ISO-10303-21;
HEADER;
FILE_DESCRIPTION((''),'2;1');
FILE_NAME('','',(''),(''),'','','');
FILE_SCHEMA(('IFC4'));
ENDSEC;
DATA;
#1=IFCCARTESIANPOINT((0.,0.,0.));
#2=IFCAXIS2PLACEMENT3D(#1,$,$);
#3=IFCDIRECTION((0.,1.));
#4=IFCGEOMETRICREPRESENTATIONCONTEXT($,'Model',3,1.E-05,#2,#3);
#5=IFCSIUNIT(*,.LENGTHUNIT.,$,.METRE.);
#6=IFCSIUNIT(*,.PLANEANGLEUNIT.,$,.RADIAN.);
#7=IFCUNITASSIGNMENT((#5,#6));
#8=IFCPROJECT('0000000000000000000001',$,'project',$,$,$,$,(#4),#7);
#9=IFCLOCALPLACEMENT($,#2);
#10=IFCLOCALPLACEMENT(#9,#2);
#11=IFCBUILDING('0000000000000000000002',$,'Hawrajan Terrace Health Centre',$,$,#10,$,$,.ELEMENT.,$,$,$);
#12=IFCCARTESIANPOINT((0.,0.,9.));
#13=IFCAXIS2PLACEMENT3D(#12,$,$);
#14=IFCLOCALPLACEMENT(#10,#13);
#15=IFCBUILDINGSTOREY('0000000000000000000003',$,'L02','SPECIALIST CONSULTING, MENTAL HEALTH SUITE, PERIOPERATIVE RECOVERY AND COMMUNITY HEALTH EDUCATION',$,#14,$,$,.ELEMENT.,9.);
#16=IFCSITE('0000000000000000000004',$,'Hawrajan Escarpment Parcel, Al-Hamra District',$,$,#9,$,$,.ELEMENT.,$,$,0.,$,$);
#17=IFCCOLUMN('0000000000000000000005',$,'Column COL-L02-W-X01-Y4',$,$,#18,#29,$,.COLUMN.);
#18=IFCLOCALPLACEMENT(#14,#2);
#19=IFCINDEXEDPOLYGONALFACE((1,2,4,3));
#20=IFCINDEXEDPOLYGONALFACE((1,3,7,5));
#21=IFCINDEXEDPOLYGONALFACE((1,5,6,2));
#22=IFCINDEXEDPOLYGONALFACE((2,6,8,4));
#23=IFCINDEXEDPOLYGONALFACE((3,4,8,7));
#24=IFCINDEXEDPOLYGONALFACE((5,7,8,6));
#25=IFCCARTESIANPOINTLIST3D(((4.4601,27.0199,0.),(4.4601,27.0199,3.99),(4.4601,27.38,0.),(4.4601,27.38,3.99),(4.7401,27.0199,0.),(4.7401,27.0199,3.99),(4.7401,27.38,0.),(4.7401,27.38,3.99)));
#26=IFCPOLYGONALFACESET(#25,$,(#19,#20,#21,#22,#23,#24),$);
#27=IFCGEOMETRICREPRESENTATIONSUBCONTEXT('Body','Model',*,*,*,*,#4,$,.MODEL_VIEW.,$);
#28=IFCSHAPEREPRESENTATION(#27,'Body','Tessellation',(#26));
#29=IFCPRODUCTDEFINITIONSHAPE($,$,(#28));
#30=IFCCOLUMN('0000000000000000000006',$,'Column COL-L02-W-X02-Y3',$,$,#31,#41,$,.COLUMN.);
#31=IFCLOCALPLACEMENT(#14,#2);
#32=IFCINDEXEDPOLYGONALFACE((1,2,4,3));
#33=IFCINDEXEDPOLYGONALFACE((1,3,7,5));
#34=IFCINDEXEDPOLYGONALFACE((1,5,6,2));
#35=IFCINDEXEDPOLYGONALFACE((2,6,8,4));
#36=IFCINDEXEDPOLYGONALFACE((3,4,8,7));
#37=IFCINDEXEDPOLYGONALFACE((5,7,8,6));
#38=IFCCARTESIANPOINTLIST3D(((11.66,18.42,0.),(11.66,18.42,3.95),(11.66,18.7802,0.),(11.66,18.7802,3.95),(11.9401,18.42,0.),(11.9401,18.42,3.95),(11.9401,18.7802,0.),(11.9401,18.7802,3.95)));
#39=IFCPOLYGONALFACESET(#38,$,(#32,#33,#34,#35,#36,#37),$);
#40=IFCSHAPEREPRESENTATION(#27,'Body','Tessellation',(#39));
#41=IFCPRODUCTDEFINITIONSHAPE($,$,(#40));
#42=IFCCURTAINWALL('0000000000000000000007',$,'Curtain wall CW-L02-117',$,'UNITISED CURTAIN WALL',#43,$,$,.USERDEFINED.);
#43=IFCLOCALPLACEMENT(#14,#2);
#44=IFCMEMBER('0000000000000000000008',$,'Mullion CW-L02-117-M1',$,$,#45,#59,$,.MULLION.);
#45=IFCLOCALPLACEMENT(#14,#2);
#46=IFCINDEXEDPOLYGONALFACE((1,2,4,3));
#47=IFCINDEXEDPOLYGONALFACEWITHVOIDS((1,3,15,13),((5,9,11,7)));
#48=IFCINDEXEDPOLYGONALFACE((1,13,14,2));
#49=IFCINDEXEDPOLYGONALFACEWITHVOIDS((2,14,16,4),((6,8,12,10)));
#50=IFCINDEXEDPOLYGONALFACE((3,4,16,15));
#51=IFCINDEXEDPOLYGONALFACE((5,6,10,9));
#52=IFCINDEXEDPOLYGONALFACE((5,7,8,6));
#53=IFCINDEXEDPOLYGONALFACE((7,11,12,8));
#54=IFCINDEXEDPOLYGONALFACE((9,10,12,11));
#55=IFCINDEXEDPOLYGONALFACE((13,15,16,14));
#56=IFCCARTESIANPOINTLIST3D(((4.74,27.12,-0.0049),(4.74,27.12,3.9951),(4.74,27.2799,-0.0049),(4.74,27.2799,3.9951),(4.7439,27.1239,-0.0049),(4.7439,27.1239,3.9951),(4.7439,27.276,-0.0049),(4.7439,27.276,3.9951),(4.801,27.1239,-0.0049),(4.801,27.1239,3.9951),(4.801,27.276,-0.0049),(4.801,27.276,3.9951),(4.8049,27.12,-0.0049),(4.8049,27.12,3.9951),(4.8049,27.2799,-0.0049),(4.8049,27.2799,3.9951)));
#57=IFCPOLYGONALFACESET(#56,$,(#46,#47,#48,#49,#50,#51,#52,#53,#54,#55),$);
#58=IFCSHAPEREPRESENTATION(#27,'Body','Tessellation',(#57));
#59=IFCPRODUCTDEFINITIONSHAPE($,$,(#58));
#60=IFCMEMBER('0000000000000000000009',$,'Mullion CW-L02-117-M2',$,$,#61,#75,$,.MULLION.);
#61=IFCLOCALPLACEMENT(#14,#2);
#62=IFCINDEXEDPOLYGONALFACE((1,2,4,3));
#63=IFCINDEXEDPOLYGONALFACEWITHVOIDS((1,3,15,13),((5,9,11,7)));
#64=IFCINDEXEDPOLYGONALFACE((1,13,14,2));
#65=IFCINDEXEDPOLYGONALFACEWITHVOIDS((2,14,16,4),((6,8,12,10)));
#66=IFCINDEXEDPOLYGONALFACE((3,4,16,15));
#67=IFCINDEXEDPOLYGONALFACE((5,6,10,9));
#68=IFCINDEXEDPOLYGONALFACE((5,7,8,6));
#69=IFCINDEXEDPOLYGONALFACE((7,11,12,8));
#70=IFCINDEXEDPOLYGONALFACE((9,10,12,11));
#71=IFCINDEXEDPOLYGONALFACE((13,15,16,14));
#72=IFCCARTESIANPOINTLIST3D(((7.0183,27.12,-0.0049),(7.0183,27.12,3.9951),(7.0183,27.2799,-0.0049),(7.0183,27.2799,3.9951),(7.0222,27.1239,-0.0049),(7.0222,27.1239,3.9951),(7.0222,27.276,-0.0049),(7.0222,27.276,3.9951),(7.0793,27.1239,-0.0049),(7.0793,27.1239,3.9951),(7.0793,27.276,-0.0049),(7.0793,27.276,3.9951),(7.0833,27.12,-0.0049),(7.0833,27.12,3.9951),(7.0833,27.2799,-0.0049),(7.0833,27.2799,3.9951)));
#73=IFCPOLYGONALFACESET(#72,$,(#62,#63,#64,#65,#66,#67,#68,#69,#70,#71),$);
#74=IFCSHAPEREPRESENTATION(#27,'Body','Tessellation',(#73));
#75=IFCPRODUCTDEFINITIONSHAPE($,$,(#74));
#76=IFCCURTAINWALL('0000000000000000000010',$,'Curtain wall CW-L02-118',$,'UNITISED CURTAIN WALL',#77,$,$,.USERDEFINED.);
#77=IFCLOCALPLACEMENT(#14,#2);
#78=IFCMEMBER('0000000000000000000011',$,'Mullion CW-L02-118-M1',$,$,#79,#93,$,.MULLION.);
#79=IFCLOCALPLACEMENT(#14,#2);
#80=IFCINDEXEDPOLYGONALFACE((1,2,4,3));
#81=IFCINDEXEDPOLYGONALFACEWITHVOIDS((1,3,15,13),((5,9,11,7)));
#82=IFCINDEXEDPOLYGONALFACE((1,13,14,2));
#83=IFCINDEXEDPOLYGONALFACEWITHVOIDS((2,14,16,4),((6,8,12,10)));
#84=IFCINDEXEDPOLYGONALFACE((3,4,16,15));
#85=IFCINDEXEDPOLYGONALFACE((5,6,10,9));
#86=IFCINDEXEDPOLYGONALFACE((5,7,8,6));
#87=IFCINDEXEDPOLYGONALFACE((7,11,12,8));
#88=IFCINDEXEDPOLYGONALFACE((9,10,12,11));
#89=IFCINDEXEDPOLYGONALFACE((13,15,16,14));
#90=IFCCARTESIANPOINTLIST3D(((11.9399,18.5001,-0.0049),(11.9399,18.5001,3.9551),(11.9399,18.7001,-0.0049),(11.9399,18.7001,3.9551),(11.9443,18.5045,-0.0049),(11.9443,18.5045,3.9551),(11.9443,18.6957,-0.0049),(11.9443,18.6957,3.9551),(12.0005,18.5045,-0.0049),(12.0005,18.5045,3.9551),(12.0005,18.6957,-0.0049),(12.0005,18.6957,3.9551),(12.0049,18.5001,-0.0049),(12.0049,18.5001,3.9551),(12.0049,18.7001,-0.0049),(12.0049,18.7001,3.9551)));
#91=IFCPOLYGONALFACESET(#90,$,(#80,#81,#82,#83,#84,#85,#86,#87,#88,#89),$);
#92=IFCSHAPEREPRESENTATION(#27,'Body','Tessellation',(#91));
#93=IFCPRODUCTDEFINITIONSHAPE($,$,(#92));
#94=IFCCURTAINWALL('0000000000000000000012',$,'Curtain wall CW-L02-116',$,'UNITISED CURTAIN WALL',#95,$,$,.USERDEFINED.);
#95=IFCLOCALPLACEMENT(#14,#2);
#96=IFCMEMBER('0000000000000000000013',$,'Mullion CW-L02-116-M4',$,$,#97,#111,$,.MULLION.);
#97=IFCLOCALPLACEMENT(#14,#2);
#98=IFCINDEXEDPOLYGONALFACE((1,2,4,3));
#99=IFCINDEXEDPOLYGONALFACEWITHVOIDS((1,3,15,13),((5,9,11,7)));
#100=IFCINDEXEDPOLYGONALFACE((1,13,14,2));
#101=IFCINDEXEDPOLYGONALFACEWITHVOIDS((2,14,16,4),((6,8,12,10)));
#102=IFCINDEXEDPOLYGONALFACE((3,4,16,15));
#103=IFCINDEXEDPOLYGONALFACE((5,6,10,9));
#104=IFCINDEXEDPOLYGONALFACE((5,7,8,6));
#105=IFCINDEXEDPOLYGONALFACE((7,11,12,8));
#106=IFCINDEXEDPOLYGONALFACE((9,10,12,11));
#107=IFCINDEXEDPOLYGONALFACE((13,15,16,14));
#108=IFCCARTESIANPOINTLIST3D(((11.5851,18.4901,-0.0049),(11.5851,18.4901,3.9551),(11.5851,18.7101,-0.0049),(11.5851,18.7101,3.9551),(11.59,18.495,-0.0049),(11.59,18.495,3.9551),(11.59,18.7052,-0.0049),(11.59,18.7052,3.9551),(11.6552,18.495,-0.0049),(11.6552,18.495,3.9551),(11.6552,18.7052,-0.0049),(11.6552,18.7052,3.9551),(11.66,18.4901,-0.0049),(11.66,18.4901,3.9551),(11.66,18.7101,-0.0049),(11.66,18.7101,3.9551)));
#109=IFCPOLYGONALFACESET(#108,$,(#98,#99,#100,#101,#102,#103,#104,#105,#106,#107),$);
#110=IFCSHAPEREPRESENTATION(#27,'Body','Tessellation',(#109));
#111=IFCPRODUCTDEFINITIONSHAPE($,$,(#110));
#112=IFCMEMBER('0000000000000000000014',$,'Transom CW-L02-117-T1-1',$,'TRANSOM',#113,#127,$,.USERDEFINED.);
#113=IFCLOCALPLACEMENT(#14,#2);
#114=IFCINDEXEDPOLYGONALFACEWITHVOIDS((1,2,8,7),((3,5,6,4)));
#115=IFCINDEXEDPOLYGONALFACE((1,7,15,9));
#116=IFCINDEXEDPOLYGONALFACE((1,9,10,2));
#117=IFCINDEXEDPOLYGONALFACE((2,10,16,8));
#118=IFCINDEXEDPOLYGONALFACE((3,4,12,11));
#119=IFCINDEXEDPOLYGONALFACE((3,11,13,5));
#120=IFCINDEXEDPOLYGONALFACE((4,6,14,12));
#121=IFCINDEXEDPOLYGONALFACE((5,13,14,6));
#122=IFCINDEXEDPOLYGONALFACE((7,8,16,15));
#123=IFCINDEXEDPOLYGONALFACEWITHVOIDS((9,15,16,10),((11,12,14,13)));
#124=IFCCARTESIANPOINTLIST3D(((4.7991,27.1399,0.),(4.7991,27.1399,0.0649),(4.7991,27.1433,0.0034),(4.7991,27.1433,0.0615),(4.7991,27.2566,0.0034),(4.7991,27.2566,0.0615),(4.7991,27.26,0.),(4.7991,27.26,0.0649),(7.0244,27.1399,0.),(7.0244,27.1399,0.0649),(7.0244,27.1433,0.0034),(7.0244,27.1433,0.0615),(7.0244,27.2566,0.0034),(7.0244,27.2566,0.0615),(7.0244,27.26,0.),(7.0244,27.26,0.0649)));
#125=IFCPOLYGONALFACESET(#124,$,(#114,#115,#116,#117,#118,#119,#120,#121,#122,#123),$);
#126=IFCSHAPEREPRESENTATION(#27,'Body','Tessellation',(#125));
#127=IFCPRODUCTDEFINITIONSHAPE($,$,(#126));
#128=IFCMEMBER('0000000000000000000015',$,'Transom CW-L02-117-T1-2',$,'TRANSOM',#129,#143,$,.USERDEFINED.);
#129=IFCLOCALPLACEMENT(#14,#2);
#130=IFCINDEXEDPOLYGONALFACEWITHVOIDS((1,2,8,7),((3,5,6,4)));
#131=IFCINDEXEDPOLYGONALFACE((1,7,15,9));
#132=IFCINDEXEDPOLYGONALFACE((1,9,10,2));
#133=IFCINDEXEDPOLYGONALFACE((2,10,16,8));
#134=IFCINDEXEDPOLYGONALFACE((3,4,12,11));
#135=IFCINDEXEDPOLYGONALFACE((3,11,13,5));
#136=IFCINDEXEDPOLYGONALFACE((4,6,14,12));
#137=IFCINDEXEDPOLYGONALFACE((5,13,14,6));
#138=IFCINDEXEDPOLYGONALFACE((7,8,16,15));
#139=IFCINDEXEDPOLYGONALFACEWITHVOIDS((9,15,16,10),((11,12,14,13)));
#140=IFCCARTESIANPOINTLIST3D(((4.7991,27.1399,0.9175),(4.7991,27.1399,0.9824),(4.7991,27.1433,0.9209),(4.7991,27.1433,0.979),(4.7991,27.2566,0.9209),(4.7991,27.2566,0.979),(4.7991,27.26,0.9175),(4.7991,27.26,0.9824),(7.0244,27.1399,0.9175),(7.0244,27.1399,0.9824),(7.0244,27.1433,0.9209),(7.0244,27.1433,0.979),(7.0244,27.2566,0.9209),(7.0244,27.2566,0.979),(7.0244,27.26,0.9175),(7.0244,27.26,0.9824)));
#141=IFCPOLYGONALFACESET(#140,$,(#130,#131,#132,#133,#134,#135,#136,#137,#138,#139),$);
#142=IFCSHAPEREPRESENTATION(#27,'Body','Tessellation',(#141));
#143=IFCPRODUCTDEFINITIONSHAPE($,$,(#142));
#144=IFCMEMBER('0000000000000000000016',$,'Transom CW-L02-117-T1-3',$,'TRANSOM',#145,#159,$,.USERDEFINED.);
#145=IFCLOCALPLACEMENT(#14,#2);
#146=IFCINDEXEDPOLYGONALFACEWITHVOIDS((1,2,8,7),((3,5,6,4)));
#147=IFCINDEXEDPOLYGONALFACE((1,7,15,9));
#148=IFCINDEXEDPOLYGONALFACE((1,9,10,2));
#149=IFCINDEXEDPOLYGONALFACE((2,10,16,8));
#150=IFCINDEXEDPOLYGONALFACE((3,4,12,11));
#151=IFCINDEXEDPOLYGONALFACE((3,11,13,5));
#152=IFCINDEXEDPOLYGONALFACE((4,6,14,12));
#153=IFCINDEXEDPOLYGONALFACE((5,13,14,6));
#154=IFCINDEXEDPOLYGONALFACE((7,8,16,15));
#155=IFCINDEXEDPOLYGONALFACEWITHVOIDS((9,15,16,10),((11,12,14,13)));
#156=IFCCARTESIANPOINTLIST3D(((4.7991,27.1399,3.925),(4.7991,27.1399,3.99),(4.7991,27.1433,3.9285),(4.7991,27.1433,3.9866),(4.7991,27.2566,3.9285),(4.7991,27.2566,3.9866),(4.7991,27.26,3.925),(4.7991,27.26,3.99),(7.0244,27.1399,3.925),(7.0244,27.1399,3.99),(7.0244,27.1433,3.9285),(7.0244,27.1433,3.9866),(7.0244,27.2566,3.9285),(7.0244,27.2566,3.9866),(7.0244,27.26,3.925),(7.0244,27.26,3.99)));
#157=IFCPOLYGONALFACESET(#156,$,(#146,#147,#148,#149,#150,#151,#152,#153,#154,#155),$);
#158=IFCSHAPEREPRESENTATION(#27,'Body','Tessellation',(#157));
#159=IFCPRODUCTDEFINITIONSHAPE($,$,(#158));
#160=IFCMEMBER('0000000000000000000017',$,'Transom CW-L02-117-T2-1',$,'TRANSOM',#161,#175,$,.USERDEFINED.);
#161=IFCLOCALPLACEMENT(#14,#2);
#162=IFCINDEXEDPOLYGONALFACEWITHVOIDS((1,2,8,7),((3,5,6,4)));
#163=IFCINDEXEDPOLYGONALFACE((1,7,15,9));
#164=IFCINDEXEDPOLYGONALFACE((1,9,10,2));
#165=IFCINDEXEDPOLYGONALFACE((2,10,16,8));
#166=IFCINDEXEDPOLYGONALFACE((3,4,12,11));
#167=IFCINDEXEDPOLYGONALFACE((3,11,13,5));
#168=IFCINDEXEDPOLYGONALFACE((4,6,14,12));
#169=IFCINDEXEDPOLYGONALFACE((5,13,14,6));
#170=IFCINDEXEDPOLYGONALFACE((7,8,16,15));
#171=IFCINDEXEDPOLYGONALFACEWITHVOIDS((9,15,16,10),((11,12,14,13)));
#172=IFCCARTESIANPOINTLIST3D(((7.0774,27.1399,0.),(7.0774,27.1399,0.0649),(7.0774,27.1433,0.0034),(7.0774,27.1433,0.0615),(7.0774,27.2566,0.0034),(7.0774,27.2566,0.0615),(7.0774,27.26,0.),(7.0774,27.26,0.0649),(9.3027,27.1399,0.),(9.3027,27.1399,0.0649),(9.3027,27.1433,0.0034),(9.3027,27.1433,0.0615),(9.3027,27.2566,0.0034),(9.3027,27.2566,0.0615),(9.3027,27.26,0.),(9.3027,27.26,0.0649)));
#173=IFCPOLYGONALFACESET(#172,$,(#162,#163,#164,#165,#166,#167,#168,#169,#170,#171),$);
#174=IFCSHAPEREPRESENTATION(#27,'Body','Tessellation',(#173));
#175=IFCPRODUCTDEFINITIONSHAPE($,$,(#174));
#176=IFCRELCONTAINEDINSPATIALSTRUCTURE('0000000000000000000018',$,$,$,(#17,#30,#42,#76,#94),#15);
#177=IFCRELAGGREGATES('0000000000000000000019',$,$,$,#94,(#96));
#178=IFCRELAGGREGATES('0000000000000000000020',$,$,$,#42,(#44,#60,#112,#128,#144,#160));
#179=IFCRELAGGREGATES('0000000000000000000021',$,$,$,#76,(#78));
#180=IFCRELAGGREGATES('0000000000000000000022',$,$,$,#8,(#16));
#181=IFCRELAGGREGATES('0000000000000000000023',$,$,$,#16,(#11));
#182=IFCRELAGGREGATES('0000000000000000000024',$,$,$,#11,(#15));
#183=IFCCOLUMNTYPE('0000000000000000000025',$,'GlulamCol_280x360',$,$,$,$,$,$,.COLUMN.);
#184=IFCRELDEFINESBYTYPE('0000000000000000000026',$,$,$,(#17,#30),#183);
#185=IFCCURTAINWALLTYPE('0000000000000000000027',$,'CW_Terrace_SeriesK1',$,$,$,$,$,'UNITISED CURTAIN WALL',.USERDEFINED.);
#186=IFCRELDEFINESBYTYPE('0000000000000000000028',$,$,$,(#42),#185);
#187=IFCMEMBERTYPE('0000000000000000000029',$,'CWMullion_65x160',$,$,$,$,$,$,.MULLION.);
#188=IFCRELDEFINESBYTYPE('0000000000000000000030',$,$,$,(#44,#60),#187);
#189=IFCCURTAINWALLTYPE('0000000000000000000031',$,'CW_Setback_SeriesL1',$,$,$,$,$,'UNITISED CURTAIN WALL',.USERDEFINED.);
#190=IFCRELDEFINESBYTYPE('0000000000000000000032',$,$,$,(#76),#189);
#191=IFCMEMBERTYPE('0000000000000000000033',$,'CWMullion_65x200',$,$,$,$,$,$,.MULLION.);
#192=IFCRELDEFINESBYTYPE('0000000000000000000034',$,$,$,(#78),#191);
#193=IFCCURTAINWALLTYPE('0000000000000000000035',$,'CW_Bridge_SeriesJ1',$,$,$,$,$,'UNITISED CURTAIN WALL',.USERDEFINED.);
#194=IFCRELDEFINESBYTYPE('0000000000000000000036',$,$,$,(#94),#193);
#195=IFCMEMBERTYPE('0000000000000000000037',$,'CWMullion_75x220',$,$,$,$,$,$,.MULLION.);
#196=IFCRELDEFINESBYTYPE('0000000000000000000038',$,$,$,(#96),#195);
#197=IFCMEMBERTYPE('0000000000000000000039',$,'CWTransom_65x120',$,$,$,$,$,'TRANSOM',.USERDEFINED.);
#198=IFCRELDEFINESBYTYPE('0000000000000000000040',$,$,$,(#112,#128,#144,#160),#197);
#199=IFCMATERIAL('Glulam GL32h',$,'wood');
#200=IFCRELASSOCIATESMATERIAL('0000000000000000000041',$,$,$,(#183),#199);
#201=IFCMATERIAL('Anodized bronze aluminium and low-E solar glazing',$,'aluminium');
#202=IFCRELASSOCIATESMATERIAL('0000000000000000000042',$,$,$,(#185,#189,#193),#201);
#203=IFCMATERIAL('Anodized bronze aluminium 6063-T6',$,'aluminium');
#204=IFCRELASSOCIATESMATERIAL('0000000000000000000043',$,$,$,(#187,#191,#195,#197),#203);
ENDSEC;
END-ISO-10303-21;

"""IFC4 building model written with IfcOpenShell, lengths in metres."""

from ifc_helpers import new_model, si_unit, direction, frame, origin, origin_2d, place, context, subcontext, project, spatial, rectangle, hollow_rectangle, extrude, material, material_profile, profile_set, type_object, element, aggregate, save


model = new_model("IFC4")

# Units and contexts
model_context = context("Model", 3, precision=1e-05, world=origin(), true_north=direction((0.0, 1.0)))
body_context = subcontext(model_context, "Body", "Model", "MODEL_VIEW")
ifc_project = project(units=[si_unit("LENGTHUNIT", "METRE"), si_unit("PLANEANGLEUNIT", "RADIAN")], contexts=[model_context])

# Site, building, storey
site_placement = place(None, origin())
site = spatial("IfcSite", under=ifc_project, at=site_placement, Name="Hawrajan Escarpment Parcel, Al-Hamra District", CompositionType="ELEMENT", RefElevation=0.0)
building_placement = place(site_placement, origin())
building = spatial("IfcBuilding", under=site, at=building_placement, Name="Hawrajan Terrace Health Centre", CompositionType="ELEMENT")
storey_placement = place(building_placement, frame((0.0, 0.0, 9.0)))
storey = spatial("IfcBuildingStorey", under=building, at=storey_placement, Name="L02", Description="SPECIALIST CONSULTING, MENTAL HEALTH SUITE, PERIOPERATIVE RECOVERY AND COMMUNITY HEALTH EDUCATION", CompositionType="ELEMENT", Elevation=9.0)

# Columns
ifc_material_1 = material(Name="Glulam GL32h", Category="wood")
ifc_material_profile_1 = material_profile(ifc_material_1, rectangle(XDim=0.28, YDim=0.3601, at=origin_2d()), Name="GL 280x360")
ifc_profile_set_1 = profile_set([ifc_material_profile_1], Name="Glulam GL32h")
column_type = type_object("IfcColumnType", Name="GlulamCol_280x360", PredefinedType="COLUMN", material=ifc_profile_set_1)
column_1_placement = place(storey_placement, frame((4.6001, 27.2, 0.0), z_axis=(0.0, 0.0, 1.0), x_axis=(1.0, 0.0, 0.0)))
element("IfcColumn", 1, at=column_1_placement, inside=storey, type_object=column_type, Name="Column COL-L02-W-X01-Y4", PredefinedType="COLUMN", context=body_context, shape_type="SweptSolid", body=[
    extrude(rectangle(XDim=0.28, YDim=0.3601, at=origin_2d()), origin(), (0.0, 0.0, 1.0), 3.99),
])
column_2_placement = place(storey_placement, frame((11.8, 18.6001, 0.0), z_axis=(0.0, 0.0, 1.0), x_axis=(1.0, 0.0, 0.0)))
element("IfcColumn", 2, at=column_2_placement, inside=storey, type_object=column_type, Name="Column COL-L02-W-X02-Y3", PredefinedType="COLUMN", context=body_context, shape_type="SweptSolid", body=[
    extrude(rectangle(XDim=0.28, YDim=0.3601, at=origin_2d()), origin(), (0.0, 0.0, 1.0), 3.95),
])

# Curtain wall, members
ifc_material_2 = material(Name="Anodized bronze aluminium and low-E solar glazing", Category="aluminium")
curtain_wall_type_1 = type_object("IfcCurtainWallType", Name="CW_Terrace_SeriesK1", ElementType="UNITISED CURTAIN WALL", PredefinedType="USERDEFINED", material=ifc_material_2)
curtain_wall_1_placement = place(storey_placement, origin())
curtain_wall_1 = element("IfcCurtainWall", 3, at=curtain_wall_1_placement, inside=storey, type_object=curtain_wall_type_1, Name="Curtain wall CW-L02-117", ObjectType="UNITISED CURTAIN WALL", PredefinedType="USERDEFINED")
ifc_material_3 = material(Name="Anodized bronze aluminium 6063-T6", Category="aluminium")
ifc_material_profile_2 = material_profile(ifc_material_3, hollow_rectangle(XDim=0.0649, YDim=0.1599, WallThickness=0.0039, at=origin_2d()), Name="CW MUL 65x160")
ifc_profile_set_2 = profile_set([ifc_material_profile_2], Name="Anodized bronze aluminium 6063-T6")
member_type_1 = type_object("IfcMemberType", Name="CWMullion_65x160", PredefinedType="MULLION", material=ifc_profile_set_2)
member_1_placement = place(storey_placement, frame((4.7725, 27.2, -0.0049), z_axis=(0.0, 0.0, 1.0), x_axis=(1.0, 0.0, 0.0)))
member_1 = element("IfcMember", 4, at=member_1_placement, type_object=member_type_1, Name="Mullion CW-L02-117-M1", PredefinedType="MULLION", context=body_context, shape_type="SweptSolid", body=[
    extrude(hollow_rectangle(XDim=0.0649, YDim=0.1599, WallThickness=0.0039, at=origin_2d()), origin(), (0.0, 0.0, 1.0), 4.0),
])
member_2_placement = place(storey_placement, frame((7.0508, 27.2, -0.0049), z_axis=(0.0, 0.0, 1.0), x_axis=(1.0, 0.0, 0.0)))
member_2 = element("IfcMember", 5, at=member_2_placement, type_object=member_type_1, Name="Mullion CW-L02-117-M2", PredefinedType="MULLION", context=body_context, shape_type="SweptSolid", body=[
    extrude(hollow_rectangle(XDim=0.0649, YDim=0.1599, WallThickness=0.0039, at=origin_2d()), origin(), (0.0, 0.0, 1.0), 4.0),
])

# Curtain walls, members
curtain_wall_type_2 = type_object("IfcCurtainWallType", Name="CW_Setback_SeriesL1", ElementType="UNITISED CURTAIN WALL", PredefinedType="USERDEFINED", material=ifc_material_2)
curtain_wall_2_placement = place(storey_placement, origin())
curtain_wall_2 = element("IfcCurtainWall", 6, at=curtain_wall_2_placement, inside=storey, type_object=curtain_wall_type_2, Name="Curtain wall CW-L02-118", ObjectType="UNITISED CURTAIN WALL", PredefinedType="USERDEFINED")
ifc_material_profile_3 = material_profile(ifc_material_3, hollow_rectangle(XDim=0.0649, YDim=0.2, WallThickness=0.0044, at=origin_2d()), Name="CW MUL 65x200")
ifc_profile_set_3 = profile_set([ifc_material_profile_3], Name="Anodized bronze aluminium 6063-T6")
member_type_2 = type_object("IfcMemberType", Name="CWMullion_65x200", PredefinedType="MULLION", material=ifc_profile_set_3)
member_3_placement = place(storey_placement, frame((11.9724, 18.6001, -0.0049), z_axis=(0.0, 0.0, 1.0), x_axis=(1.0, 0.0, 0.0)))
member_3 = element("IfcMember", 7, at=member_3_placement, type_object=member_type_2, Name="Mullion CW-L02-118-M1", PredefinedType="MULLION", context=body_context, shape_type="SweptSolid", body=[
    extrude(hollow_rectangle(XDim=0.0649, YDim=0.2, WallThickness=0.0044, at=origin_2d()), origin(), (0.0, 0.0, 1.0), 3.96),
])
curtain_wall_type_3 = type_object("IfcCurtainWallType", Name="CW_Bridge_SeriesJ1", ElementType="UNITISED CURTAIN WALL", PredefinedType="USERDEFINED", material=ifc_material_2)
curtain_wall_3_placement = place(storey_placement, origin())
curtain_wall_3 = element("IfcCurtainWall", 8, at=curtain_wall_3_placement, inside=storey, type_object=curtain_wall_type_3, Name="Curtain wall CW-L02-116", ObjectType="UNITISED CURTAIN WALL", PredefinedType="USERDEFINED")
ifc_material_profile_4 = material_profile(ifc_material_3, hollow_rectangle(XDim=0.075, YDim=0.22, WallThickness=0.0049, at=origin_2d()), Name="CW MUL 75x220")
ifc_profile_set_4 = profile_set([ifc_material_profile_4], Name="Anodized bronze aluminium 6063-T6")
member_type_3 = type_object("IfcMemberType", Name="CWMullion_75x220", PredefinedType="MULLION", material=ifc_profile_set_4)
member_4_placement = place(storey_placement, frame((11.6226, 18.6001, -0.0049), z_axis=(0.0, 0.0, 1.0), x_axis=(1.0, 0.0, 0.0)))
member_4 = element("IfcMember", 9, at=member_4_placement, type_object=member_type_3, Name="Mullion CW-L02-116-M4", PredefinedType="MULLION", context=body_context, shape_type="SweptSolid", body=[
    extrude(hollow_rectangle(XDim=0.075, YDim=0.22, WallThickness=0.0049, at=origin_2d()), origin(), (0.0, 0.0, 1.0), 3.96),
])

# Members
ifc_material_profile_5 = material_profile(ifc_material_3, hollow_rectangle(XDim=0.0649, YDim=0.1201, WallThickness=0.0034, at=origin_2d()), Name="CW TRN 65x120")
ifc_profile_set_5 = profile_set([ifc_material_profile_5], Name="Anodized bronze aluminium 6063-T6")
member_type_4 = type_object("IfcMemberType", Name="CWTransom_65x120", ElementType="TRANSOM", PredefinedType="USERDEFINED", material=ifc_profile_set_5)
member_5_placement = place(storey_placement, frame((4.7991, 27.2, 0.0325), z_axis=(1.0, 0.0, 0.0), x_axis=(0.0, 0.0, 1.0)))
member_5 = element("IfcMember", 10, at=member_5_placement, type_object=member_type_4, Name="Transom CW-L02-117-T1-1", ObjectType="TRANSOM", PredefinedType="USERDEFINED", context=body_context, shape_type="SweptSolid", body=[
    extrude(hollow_rectangle(XDim=0.0649, YDim=0.1201, WallThickness=0.0034, at=origin_2d()), origin(), (0.0, 0.0, 1.0), 2.2253),
])
member_6_placement = place(storey_placement, frame((4.7991, 27.2, 0.95), z_axis=(1.0, 0.0, 0.0), x_axis=(0.0, 0.0, 1.0)))
member_6 = element("IfcMember", 11, at=member_6_placement, type_object=member_type_4, Name="Transom CW-L02-117-T1-2", ObjectType="TRANSOM", PredefinedType="USERDEFINED", context=body_context, shape_type="SweptSolid", body=[
    extrude(hollow_rectangle(XDim=0.0649, YDim=0.1201, WallThickness=0.0034, at=origin_2d()), origin(), (0.0, 0.0, 1.0), 2.2253),
])
member_7_placement = place(storey_placement, frame((4.7991, 27.2, 3.9575), z_axis=(1.0, 0.0, 0.0), x_axis=(0.0, 0.0, 1.0)))
member_7 = element("IfcMember", 12, at=member_7_placement, type_object=member_type_4, Name="Transom CW-L02-117-T1-3", ObjectType="TRANSOM", PredefinedType="USERDEFINED", context=body_context, shape_type="SweptSolid", body=[
    extrude(hollow_rectangle(XDim=0.0649, YDim=0.1201, WallThickness=0.0034, at=origin_2d()), origin(), (0.0, 0.0, 1.0), 2.2253),
])
member_8_placement = place(storey_placement, frame((7.0774, 27.2, 0.0325), z_axis=(1.0, 0.0, 0.0), x_axis=(0.0, 0.0, 1.0)))
member_8 = element("IfcMember", 13, at=member_8_placement, type_object=member_type_4, Name="Transom CW-L02-117-T2-1", ObjectType="TRANSOM", PredefinedType="USERDEFINED", context=body_context, shape_type="SweptSolid", body=[
    extrude(hollow_rectangle(XDim=0.0649, YDim=0.1201, WallThickness=0.0034, at=origin_2d()), origin(), (0.0, 0.0, 1.0), 2.2253),
])

aggregate(curtain_wall_3, [member_4])
aggregate(curtain_wall_1, [member_1, member_2, member_5, member_6, member_7, member_8])
aggregate(curtain_wall_2, [member_3])

save(model, "model.ifc")
